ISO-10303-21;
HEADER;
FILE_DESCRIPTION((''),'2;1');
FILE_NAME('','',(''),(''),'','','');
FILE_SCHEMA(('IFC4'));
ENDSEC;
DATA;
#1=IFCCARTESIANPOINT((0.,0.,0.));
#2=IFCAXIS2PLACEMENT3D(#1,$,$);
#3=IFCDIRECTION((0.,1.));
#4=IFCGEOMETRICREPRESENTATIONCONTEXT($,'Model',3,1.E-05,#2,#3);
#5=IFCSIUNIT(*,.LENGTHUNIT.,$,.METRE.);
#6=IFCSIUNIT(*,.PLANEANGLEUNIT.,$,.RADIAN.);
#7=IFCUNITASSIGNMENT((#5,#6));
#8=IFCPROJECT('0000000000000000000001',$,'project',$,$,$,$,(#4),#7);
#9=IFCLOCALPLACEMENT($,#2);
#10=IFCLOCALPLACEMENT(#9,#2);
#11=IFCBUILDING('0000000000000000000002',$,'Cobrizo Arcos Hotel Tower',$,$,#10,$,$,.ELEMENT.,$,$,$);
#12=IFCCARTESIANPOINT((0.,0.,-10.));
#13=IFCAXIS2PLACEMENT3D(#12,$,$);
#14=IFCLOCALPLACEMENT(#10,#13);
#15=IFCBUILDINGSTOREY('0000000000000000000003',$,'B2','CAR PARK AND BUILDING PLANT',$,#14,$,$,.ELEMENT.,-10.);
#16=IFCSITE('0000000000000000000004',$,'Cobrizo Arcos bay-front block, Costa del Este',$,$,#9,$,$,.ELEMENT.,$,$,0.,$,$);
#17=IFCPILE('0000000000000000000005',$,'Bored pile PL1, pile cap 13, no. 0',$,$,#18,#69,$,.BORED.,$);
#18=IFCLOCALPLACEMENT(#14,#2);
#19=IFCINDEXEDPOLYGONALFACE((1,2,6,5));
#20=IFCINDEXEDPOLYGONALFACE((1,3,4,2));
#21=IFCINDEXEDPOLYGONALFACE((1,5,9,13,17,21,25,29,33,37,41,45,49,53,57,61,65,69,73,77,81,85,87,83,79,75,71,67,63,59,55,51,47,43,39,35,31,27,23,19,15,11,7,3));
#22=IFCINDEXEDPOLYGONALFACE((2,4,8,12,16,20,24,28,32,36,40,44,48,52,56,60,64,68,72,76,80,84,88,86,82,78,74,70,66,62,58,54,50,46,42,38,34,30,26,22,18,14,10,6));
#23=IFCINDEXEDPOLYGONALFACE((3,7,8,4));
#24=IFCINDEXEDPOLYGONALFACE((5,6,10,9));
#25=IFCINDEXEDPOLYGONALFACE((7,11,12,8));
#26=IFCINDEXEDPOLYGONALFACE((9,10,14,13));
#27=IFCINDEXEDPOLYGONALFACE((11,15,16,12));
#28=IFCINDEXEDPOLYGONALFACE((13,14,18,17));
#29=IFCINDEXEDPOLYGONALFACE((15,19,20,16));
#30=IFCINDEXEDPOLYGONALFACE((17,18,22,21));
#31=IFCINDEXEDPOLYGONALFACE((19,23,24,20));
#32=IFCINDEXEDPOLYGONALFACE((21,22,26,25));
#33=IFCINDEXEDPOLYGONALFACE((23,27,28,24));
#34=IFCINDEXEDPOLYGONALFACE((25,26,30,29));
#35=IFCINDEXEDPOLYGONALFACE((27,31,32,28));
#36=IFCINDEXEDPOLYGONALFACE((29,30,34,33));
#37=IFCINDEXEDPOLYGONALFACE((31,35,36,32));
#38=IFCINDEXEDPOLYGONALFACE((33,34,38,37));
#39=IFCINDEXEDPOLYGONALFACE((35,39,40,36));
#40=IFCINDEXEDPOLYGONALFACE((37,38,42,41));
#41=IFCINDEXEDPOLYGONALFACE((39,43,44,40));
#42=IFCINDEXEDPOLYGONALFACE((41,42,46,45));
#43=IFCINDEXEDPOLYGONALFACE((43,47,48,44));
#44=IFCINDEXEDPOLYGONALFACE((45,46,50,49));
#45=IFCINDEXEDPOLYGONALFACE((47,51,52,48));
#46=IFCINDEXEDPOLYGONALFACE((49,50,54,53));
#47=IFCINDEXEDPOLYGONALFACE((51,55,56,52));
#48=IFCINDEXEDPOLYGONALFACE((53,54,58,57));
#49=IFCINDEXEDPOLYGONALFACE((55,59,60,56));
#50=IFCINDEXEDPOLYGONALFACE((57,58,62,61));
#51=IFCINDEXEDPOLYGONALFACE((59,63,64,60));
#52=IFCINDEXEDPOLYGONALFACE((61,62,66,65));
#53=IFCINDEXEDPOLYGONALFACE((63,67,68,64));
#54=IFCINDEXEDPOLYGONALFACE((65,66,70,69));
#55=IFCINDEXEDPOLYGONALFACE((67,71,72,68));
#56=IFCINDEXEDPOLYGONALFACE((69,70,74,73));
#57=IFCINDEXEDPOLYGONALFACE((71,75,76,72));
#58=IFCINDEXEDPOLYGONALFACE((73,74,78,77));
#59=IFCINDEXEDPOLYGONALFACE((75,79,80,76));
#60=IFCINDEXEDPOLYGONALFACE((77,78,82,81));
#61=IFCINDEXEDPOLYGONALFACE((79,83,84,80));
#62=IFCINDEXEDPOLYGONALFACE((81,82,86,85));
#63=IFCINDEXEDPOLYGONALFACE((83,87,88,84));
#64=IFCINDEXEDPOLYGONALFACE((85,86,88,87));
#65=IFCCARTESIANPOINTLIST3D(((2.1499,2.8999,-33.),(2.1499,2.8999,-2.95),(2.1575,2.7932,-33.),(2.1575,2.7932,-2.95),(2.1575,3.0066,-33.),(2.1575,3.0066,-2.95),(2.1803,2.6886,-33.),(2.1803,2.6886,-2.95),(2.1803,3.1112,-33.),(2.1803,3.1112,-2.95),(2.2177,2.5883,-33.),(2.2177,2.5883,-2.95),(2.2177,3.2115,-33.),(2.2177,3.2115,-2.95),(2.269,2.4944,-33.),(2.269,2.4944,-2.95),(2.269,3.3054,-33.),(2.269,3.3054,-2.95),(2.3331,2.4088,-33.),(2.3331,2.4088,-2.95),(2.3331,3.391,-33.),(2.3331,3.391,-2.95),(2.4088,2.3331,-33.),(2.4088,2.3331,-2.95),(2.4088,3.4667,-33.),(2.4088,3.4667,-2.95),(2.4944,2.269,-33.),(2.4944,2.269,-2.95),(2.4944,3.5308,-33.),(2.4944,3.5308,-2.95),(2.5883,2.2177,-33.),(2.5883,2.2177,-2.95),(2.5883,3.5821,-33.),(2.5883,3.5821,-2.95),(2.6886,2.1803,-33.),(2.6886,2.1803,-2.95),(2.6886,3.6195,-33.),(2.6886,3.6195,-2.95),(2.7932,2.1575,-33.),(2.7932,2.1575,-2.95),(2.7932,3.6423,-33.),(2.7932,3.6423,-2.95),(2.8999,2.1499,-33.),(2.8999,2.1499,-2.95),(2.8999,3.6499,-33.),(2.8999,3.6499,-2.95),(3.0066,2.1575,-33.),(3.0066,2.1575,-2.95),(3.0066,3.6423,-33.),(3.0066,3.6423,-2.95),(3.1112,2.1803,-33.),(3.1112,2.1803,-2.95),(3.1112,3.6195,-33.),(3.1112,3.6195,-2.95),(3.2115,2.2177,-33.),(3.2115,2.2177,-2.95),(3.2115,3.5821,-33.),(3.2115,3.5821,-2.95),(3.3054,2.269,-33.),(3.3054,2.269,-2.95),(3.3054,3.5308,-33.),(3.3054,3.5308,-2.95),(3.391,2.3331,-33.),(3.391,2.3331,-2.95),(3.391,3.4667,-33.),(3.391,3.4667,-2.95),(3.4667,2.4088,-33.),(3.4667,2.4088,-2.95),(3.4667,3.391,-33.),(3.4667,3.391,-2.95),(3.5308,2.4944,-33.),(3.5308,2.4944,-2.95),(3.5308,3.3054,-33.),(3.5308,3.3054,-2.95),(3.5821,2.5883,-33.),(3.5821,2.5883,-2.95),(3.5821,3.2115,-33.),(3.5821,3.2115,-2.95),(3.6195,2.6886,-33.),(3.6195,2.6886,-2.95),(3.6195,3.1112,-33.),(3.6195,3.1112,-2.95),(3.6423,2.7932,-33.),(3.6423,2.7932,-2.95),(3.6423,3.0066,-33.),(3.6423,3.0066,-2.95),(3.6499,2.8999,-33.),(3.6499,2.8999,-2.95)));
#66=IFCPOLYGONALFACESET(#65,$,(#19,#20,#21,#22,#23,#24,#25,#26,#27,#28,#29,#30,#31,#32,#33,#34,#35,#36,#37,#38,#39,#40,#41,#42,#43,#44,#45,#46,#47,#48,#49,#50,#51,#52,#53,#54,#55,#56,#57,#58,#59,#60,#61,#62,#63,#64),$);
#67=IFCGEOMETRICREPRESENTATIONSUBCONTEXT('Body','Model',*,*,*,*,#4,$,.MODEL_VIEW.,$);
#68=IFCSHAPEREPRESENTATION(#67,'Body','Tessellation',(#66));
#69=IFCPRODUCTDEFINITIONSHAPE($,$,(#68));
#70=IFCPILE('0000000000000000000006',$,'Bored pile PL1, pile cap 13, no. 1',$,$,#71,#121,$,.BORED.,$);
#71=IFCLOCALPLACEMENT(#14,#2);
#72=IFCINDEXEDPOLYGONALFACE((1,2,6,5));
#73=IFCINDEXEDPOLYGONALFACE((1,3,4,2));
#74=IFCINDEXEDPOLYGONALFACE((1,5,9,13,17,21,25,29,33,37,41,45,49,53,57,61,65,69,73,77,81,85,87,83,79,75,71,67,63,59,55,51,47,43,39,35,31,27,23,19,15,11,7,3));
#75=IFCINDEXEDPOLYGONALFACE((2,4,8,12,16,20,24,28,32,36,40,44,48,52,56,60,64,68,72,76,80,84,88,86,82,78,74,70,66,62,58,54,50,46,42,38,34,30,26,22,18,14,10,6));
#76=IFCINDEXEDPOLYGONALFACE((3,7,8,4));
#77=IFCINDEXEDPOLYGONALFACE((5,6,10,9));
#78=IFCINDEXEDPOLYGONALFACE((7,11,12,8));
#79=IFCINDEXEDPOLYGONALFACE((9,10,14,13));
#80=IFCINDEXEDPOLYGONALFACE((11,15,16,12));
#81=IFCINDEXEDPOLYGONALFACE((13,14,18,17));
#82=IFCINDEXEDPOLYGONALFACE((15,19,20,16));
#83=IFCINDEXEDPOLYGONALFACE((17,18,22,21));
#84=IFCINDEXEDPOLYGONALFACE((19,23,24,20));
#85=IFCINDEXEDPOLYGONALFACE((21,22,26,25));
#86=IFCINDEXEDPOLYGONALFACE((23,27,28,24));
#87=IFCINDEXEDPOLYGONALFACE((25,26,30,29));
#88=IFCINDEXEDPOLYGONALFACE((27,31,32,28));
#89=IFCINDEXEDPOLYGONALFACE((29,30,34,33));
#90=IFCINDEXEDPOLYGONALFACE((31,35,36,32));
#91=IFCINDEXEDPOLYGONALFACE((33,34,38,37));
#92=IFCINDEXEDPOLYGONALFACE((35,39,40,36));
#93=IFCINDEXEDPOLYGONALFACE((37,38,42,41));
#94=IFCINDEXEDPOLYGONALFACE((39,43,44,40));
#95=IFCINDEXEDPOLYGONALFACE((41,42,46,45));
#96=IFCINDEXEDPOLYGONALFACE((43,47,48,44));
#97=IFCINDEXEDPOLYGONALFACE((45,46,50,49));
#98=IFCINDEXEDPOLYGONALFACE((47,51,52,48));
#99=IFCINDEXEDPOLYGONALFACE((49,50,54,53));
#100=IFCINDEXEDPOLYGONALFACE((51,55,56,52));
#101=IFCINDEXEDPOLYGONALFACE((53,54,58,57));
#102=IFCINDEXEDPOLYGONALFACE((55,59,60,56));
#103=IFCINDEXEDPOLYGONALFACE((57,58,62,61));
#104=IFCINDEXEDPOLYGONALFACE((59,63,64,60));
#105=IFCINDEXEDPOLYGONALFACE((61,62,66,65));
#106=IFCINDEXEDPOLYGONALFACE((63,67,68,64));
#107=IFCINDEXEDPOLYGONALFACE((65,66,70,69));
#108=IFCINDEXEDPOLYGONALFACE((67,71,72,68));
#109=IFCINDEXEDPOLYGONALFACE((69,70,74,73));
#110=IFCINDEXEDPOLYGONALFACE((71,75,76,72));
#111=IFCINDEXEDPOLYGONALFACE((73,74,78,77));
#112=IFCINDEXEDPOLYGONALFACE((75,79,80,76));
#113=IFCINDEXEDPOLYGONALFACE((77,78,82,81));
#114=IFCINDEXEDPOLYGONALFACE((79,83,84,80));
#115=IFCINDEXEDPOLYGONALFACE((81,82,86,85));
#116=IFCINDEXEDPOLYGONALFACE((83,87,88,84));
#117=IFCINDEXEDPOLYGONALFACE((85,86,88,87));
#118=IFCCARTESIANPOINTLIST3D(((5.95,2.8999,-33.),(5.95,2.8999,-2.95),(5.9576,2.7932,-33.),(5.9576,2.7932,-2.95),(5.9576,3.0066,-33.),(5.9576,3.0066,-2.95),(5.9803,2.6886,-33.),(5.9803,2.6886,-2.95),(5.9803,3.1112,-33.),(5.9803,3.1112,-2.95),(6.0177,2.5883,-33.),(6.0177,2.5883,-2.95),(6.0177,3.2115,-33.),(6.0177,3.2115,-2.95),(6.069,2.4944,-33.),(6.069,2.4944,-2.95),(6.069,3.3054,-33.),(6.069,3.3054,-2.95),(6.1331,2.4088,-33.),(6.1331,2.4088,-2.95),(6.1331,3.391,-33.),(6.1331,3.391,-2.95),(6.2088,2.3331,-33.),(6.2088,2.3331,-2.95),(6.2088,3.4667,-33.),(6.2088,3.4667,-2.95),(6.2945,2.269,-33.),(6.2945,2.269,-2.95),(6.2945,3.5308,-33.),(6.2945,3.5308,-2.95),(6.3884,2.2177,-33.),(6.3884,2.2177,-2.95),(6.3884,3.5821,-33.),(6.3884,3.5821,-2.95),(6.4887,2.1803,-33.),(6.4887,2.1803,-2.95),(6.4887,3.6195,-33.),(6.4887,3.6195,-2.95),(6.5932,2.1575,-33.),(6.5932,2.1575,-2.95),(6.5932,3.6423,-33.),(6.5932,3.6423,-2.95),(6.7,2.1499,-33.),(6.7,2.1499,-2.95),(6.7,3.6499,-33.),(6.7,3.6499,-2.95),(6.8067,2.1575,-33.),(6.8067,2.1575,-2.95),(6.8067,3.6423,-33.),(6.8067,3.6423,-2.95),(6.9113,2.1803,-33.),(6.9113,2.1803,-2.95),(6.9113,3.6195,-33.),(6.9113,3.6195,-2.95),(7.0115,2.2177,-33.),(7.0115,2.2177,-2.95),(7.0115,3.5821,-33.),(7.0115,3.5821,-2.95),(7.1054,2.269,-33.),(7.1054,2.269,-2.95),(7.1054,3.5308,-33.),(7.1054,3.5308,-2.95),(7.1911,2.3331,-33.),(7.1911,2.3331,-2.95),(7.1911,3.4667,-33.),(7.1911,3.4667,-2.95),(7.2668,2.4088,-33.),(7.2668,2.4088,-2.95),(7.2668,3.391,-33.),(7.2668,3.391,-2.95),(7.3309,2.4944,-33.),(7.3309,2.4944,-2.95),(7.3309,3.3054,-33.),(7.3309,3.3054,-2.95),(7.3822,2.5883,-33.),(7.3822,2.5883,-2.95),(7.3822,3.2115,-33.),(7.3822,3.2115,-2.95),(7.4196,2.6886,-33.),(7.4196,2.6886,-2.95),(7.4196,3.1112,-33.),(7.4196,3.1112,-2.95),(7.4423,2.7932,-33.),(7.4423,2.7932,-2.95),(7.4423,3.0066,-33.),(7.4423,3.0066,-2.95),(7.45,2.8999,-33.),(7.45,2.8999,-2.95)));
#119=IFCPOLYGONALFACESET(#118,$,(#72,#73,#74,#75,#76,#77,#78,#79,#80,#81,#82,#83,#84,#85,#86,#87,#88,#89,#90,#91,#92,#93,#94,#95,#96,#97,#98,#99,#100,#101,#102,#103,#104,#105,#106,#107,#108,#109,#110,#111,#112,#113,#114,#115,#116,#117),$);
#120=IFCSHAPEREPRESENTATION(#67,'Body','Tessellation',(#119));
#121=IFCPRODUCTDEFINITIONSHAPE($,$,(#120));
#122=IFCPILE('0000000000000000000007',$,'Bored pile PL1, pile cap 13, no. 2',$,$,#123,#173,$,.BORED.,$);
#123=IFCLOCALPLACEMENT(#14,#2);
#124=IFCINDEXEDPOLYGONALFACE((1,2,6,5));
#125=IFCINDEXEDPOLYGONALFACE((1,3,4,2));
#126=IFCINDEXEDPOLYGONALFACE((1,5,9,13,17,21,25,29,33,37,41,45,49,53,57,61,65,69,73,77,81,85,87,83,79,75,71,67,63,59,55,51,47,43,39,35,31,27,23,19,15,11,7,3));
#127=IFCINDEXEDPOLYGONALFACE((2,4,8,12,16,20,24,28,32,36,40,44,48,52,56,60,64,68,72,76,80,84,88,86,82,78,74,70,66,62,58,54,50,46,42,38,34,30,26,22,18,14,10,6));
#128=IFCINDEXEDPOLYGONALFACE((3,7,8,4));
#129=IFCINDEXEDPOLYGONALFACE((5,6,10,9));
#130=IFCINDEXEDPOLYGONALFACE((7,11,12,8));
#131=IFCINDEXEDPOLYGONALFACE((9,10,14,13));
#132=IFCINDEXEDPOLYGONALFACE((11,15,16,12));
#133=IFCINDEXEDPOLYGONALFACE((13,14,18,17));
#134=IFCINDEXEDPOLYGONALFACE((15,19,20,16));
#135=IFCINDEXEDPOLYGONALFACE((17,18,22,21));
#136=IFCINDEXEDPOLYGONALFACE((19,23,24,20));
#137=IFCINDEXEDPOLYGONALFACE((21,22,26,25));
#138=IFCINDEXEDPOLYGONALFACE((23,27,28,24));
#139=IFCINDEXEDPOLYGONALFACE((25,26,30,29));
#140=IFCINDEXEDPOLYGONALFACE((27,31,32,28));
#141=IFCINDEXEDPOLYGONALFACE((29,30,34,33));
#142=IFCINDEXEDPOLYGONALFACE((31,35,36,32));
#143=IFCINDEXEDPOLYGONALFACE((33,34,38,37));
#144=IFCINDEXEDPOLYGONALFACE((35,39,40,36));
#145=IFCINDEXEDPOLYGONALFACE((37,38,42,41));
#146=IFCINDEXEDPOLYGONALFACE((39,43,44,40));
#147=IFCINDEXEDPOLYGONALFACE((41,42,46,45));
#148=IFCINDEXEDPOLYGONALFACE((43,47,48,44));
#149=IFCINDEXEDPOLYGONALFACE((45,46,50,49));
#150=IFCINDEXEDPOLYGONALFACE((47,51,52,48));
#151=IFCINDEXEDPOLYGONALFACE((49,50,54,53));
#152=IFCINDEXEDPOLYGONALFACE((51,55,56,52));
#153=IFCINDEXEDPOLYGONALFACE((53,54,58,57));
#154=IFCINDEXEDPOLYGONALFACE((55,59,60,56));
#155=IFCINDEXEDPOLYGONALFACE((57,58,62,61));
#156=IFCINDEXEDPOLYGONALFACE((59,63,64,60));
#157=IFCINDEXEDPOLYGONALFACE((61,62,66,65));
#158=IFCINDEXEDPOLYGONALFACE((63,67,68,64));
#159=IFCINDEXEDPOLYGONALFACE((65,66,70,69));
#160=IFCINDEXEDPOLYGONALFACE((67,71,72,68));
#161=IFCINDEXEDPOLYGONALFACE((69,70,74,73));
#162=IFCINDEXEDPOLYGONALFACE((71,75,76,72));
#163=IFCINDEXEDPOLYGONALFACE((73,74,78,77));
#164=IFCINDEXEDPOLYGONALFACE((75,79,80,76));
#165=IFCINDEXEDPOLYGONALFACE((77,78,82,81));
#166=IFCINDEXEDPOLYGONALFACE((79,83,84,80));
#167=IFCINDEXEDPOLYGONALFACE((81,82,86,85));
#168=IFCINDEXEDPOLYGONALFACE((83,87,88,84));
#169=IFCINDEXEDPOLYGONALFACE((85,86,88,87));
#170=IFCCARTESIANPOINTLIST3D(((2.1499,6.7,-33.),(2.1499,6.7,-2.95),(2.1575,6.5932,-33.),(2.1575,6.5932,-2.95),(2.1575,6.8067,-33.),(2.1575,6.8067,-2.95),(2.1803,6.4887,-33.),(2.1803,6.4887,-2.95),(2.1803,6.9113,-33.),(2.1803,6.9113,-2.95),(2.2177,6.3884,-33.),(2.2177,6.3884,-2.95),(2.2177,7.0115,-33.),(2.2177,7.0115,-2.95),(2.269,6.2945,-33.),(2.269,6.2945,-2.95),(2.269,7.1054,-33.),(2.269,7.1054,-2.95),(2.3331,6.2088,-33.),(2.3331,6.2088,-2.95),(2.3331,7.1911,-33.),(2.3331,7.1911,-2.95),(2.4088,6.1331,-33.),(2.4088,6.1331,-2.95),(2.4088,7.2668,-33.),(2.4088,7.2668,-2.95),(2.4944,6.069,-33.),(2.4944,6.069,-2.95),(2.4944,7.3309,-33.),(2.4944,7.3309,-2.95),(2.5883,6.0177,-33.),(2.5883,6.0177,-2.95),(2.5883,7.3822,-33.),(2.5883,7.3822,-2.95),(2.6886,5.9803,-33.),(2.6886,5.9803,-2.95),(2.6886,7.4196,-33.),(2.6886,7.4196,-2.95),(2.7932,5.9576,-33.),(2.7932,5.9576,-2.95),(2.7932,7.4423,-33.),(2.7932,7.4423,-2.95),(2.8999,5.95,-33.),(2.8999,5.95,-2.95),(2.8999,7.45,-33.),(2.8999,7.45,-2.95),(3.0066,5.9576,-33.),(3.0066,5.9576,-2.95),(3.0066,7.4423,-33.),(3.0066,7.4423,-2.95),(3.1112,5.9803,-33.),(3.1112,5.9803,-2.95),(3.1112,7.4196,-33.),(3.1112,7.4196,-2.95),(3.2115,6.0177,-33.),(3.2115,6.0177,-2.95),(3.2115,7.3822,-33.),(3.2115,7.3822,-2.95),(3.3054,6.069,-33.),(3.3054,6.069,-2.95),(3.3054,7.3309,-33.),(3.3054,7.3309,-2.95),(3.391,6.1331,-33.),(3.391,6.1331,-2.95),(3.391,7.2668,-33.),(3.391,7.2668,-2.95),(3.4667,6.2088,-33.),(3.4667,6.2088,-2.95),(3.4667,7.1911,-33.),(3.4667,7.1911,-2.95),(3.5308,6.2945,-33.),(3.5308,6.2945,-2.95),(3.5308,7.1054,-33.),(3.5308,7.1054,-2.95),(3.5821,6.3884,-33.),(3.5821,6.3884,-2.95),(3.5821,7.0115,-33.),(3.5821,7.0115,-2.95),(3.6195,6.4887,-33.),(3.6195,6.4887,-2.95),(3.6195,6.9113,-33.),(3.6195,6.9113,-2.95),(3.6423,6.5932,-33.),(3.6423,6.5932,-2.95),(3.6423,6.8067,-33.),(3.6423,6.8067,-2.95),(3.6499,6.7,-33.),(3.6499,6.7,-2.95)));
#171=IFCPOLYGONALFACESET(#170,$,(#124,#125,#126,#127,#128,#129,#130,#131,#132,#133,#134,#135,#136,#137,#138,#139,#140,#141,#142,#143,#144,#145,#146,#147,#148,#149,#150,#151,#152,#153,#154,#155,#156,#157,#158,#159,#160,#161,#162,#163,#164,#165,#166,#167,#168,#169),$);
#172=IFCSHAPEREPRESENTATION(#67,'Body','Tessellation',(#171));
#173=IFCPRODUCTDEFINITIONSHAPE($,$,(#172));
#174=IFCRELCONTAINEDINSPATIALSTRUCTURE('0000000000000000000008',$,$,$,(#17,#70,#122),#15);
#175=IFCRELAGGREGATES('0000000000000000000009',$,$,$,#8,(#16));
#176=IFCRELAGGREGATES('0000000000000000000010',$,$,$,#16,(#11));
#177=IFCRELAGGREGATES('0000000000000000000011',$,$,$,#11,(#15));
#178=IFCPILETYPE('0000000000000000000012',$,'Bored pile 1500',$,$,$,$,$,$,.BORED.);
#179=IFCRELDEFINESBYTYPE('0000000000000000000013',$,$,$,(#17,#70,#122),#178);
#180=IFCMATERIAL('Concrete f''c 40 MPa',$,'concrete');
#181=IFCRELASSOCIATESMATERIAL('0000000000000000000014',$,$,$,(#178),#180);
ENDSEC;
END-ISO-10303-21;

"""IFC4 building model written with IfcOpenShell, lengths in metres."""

from ifc_helpers import new_model, si_unit, direction, frame, origin, origin_2d, place, context, subcontext, project, spatial, circle, extrude, material, material_profile, profile_set, type_object, element, save


model = new_model("IFC4")

# Units and contexts
model_context = context("Model", 3, precision=1e-05, world=origin(), true_north=direction((0.0, 1.0)))
body_context = subcontext(model_context, "Body", "Model", "MODEL_VIEW")
ifc_project = project(units=[si_unit("LENGTHUNIT", "METRE"), si_unit("PLANEANGLEUNIT", "RADIAN")], contexts=[model_context])

# Site, building, storey
site_placement = place(None, origin())
site = spatial("IfcSite", under=ifc_project, at=site_placement, Name="Cobrizo Arcos bay-front block, Costa del Este", CompositionType="ELEMENT", RefElevation=0.0)
building_placement = place(site_placement, origin())
building = spatial("IfcBuilding", under=site, at=building_placement, Name="Cobrizo Arcos Hotel Tower", CompositionType="ELEMENT")
storey_placement = place(building_placement, frame((0.0, 0.0, -10.0)))
storey = spatial("IfcBuildingStorey", under=building, at=storey_placement, Name="B2", Description="CAR PARK AND BUILDING PLANT", CompositionType="ELEMENT", Elevation=-10.0)

# Piles
ifc_material_1 = material(Name="Concrete f'c 40 MPa", Category="concrete")
ifc_material_profile_1 = material_profile(ifc_material_1, circle(Radius=0.75, at=origin_2d()), Name="BORED PILE 1500")
ifc_profile_set_1 = profile_set([ifc_material_profile_1], Name="Concrete f'c 40 MPa")
pile_type = type_object("IfcPileType", Name="Bored pile 1500", PredefinedType="BORED", material=ifc_profile_set_1)
for number, where, z_axis, x_axis, name in (
    (1, (2.8999, 2.8999, -2.95), (0.0, 0.0, -1.0), (1.0, 0.0, 0.0), "Bored pile PL1, pile cap 13, no. 0"),
    (2, (6.7, 2.8999, -2.95), (0.0, 0.0, -1.0), (1.0, 0.0, 0.0), "Bored pile PL1, pile cap 13, no. 1"),
    (3, (2.8999, 6.7, -2.95), (0.0, 0.0, -1.0), (1.0, 0.0, 0.0), "Bored pile PL1, pile cap 13, no. 2"),
):
    element("IfcPile", number, at=place(storey_placement, frame(where, z_axis=z_axis, x_axis=x_axis)), inside=storey, type_object=pile_type, Name=name, PredefinedType="BORED", context=body_context, shape_type="SweptSolid", body=[
        extrude(circle(Radius=0.75, at=origin_2d()), origin(), (0.0, 0.0, 1.0), 30.05),
    ])

save(model, "model.ifc")
